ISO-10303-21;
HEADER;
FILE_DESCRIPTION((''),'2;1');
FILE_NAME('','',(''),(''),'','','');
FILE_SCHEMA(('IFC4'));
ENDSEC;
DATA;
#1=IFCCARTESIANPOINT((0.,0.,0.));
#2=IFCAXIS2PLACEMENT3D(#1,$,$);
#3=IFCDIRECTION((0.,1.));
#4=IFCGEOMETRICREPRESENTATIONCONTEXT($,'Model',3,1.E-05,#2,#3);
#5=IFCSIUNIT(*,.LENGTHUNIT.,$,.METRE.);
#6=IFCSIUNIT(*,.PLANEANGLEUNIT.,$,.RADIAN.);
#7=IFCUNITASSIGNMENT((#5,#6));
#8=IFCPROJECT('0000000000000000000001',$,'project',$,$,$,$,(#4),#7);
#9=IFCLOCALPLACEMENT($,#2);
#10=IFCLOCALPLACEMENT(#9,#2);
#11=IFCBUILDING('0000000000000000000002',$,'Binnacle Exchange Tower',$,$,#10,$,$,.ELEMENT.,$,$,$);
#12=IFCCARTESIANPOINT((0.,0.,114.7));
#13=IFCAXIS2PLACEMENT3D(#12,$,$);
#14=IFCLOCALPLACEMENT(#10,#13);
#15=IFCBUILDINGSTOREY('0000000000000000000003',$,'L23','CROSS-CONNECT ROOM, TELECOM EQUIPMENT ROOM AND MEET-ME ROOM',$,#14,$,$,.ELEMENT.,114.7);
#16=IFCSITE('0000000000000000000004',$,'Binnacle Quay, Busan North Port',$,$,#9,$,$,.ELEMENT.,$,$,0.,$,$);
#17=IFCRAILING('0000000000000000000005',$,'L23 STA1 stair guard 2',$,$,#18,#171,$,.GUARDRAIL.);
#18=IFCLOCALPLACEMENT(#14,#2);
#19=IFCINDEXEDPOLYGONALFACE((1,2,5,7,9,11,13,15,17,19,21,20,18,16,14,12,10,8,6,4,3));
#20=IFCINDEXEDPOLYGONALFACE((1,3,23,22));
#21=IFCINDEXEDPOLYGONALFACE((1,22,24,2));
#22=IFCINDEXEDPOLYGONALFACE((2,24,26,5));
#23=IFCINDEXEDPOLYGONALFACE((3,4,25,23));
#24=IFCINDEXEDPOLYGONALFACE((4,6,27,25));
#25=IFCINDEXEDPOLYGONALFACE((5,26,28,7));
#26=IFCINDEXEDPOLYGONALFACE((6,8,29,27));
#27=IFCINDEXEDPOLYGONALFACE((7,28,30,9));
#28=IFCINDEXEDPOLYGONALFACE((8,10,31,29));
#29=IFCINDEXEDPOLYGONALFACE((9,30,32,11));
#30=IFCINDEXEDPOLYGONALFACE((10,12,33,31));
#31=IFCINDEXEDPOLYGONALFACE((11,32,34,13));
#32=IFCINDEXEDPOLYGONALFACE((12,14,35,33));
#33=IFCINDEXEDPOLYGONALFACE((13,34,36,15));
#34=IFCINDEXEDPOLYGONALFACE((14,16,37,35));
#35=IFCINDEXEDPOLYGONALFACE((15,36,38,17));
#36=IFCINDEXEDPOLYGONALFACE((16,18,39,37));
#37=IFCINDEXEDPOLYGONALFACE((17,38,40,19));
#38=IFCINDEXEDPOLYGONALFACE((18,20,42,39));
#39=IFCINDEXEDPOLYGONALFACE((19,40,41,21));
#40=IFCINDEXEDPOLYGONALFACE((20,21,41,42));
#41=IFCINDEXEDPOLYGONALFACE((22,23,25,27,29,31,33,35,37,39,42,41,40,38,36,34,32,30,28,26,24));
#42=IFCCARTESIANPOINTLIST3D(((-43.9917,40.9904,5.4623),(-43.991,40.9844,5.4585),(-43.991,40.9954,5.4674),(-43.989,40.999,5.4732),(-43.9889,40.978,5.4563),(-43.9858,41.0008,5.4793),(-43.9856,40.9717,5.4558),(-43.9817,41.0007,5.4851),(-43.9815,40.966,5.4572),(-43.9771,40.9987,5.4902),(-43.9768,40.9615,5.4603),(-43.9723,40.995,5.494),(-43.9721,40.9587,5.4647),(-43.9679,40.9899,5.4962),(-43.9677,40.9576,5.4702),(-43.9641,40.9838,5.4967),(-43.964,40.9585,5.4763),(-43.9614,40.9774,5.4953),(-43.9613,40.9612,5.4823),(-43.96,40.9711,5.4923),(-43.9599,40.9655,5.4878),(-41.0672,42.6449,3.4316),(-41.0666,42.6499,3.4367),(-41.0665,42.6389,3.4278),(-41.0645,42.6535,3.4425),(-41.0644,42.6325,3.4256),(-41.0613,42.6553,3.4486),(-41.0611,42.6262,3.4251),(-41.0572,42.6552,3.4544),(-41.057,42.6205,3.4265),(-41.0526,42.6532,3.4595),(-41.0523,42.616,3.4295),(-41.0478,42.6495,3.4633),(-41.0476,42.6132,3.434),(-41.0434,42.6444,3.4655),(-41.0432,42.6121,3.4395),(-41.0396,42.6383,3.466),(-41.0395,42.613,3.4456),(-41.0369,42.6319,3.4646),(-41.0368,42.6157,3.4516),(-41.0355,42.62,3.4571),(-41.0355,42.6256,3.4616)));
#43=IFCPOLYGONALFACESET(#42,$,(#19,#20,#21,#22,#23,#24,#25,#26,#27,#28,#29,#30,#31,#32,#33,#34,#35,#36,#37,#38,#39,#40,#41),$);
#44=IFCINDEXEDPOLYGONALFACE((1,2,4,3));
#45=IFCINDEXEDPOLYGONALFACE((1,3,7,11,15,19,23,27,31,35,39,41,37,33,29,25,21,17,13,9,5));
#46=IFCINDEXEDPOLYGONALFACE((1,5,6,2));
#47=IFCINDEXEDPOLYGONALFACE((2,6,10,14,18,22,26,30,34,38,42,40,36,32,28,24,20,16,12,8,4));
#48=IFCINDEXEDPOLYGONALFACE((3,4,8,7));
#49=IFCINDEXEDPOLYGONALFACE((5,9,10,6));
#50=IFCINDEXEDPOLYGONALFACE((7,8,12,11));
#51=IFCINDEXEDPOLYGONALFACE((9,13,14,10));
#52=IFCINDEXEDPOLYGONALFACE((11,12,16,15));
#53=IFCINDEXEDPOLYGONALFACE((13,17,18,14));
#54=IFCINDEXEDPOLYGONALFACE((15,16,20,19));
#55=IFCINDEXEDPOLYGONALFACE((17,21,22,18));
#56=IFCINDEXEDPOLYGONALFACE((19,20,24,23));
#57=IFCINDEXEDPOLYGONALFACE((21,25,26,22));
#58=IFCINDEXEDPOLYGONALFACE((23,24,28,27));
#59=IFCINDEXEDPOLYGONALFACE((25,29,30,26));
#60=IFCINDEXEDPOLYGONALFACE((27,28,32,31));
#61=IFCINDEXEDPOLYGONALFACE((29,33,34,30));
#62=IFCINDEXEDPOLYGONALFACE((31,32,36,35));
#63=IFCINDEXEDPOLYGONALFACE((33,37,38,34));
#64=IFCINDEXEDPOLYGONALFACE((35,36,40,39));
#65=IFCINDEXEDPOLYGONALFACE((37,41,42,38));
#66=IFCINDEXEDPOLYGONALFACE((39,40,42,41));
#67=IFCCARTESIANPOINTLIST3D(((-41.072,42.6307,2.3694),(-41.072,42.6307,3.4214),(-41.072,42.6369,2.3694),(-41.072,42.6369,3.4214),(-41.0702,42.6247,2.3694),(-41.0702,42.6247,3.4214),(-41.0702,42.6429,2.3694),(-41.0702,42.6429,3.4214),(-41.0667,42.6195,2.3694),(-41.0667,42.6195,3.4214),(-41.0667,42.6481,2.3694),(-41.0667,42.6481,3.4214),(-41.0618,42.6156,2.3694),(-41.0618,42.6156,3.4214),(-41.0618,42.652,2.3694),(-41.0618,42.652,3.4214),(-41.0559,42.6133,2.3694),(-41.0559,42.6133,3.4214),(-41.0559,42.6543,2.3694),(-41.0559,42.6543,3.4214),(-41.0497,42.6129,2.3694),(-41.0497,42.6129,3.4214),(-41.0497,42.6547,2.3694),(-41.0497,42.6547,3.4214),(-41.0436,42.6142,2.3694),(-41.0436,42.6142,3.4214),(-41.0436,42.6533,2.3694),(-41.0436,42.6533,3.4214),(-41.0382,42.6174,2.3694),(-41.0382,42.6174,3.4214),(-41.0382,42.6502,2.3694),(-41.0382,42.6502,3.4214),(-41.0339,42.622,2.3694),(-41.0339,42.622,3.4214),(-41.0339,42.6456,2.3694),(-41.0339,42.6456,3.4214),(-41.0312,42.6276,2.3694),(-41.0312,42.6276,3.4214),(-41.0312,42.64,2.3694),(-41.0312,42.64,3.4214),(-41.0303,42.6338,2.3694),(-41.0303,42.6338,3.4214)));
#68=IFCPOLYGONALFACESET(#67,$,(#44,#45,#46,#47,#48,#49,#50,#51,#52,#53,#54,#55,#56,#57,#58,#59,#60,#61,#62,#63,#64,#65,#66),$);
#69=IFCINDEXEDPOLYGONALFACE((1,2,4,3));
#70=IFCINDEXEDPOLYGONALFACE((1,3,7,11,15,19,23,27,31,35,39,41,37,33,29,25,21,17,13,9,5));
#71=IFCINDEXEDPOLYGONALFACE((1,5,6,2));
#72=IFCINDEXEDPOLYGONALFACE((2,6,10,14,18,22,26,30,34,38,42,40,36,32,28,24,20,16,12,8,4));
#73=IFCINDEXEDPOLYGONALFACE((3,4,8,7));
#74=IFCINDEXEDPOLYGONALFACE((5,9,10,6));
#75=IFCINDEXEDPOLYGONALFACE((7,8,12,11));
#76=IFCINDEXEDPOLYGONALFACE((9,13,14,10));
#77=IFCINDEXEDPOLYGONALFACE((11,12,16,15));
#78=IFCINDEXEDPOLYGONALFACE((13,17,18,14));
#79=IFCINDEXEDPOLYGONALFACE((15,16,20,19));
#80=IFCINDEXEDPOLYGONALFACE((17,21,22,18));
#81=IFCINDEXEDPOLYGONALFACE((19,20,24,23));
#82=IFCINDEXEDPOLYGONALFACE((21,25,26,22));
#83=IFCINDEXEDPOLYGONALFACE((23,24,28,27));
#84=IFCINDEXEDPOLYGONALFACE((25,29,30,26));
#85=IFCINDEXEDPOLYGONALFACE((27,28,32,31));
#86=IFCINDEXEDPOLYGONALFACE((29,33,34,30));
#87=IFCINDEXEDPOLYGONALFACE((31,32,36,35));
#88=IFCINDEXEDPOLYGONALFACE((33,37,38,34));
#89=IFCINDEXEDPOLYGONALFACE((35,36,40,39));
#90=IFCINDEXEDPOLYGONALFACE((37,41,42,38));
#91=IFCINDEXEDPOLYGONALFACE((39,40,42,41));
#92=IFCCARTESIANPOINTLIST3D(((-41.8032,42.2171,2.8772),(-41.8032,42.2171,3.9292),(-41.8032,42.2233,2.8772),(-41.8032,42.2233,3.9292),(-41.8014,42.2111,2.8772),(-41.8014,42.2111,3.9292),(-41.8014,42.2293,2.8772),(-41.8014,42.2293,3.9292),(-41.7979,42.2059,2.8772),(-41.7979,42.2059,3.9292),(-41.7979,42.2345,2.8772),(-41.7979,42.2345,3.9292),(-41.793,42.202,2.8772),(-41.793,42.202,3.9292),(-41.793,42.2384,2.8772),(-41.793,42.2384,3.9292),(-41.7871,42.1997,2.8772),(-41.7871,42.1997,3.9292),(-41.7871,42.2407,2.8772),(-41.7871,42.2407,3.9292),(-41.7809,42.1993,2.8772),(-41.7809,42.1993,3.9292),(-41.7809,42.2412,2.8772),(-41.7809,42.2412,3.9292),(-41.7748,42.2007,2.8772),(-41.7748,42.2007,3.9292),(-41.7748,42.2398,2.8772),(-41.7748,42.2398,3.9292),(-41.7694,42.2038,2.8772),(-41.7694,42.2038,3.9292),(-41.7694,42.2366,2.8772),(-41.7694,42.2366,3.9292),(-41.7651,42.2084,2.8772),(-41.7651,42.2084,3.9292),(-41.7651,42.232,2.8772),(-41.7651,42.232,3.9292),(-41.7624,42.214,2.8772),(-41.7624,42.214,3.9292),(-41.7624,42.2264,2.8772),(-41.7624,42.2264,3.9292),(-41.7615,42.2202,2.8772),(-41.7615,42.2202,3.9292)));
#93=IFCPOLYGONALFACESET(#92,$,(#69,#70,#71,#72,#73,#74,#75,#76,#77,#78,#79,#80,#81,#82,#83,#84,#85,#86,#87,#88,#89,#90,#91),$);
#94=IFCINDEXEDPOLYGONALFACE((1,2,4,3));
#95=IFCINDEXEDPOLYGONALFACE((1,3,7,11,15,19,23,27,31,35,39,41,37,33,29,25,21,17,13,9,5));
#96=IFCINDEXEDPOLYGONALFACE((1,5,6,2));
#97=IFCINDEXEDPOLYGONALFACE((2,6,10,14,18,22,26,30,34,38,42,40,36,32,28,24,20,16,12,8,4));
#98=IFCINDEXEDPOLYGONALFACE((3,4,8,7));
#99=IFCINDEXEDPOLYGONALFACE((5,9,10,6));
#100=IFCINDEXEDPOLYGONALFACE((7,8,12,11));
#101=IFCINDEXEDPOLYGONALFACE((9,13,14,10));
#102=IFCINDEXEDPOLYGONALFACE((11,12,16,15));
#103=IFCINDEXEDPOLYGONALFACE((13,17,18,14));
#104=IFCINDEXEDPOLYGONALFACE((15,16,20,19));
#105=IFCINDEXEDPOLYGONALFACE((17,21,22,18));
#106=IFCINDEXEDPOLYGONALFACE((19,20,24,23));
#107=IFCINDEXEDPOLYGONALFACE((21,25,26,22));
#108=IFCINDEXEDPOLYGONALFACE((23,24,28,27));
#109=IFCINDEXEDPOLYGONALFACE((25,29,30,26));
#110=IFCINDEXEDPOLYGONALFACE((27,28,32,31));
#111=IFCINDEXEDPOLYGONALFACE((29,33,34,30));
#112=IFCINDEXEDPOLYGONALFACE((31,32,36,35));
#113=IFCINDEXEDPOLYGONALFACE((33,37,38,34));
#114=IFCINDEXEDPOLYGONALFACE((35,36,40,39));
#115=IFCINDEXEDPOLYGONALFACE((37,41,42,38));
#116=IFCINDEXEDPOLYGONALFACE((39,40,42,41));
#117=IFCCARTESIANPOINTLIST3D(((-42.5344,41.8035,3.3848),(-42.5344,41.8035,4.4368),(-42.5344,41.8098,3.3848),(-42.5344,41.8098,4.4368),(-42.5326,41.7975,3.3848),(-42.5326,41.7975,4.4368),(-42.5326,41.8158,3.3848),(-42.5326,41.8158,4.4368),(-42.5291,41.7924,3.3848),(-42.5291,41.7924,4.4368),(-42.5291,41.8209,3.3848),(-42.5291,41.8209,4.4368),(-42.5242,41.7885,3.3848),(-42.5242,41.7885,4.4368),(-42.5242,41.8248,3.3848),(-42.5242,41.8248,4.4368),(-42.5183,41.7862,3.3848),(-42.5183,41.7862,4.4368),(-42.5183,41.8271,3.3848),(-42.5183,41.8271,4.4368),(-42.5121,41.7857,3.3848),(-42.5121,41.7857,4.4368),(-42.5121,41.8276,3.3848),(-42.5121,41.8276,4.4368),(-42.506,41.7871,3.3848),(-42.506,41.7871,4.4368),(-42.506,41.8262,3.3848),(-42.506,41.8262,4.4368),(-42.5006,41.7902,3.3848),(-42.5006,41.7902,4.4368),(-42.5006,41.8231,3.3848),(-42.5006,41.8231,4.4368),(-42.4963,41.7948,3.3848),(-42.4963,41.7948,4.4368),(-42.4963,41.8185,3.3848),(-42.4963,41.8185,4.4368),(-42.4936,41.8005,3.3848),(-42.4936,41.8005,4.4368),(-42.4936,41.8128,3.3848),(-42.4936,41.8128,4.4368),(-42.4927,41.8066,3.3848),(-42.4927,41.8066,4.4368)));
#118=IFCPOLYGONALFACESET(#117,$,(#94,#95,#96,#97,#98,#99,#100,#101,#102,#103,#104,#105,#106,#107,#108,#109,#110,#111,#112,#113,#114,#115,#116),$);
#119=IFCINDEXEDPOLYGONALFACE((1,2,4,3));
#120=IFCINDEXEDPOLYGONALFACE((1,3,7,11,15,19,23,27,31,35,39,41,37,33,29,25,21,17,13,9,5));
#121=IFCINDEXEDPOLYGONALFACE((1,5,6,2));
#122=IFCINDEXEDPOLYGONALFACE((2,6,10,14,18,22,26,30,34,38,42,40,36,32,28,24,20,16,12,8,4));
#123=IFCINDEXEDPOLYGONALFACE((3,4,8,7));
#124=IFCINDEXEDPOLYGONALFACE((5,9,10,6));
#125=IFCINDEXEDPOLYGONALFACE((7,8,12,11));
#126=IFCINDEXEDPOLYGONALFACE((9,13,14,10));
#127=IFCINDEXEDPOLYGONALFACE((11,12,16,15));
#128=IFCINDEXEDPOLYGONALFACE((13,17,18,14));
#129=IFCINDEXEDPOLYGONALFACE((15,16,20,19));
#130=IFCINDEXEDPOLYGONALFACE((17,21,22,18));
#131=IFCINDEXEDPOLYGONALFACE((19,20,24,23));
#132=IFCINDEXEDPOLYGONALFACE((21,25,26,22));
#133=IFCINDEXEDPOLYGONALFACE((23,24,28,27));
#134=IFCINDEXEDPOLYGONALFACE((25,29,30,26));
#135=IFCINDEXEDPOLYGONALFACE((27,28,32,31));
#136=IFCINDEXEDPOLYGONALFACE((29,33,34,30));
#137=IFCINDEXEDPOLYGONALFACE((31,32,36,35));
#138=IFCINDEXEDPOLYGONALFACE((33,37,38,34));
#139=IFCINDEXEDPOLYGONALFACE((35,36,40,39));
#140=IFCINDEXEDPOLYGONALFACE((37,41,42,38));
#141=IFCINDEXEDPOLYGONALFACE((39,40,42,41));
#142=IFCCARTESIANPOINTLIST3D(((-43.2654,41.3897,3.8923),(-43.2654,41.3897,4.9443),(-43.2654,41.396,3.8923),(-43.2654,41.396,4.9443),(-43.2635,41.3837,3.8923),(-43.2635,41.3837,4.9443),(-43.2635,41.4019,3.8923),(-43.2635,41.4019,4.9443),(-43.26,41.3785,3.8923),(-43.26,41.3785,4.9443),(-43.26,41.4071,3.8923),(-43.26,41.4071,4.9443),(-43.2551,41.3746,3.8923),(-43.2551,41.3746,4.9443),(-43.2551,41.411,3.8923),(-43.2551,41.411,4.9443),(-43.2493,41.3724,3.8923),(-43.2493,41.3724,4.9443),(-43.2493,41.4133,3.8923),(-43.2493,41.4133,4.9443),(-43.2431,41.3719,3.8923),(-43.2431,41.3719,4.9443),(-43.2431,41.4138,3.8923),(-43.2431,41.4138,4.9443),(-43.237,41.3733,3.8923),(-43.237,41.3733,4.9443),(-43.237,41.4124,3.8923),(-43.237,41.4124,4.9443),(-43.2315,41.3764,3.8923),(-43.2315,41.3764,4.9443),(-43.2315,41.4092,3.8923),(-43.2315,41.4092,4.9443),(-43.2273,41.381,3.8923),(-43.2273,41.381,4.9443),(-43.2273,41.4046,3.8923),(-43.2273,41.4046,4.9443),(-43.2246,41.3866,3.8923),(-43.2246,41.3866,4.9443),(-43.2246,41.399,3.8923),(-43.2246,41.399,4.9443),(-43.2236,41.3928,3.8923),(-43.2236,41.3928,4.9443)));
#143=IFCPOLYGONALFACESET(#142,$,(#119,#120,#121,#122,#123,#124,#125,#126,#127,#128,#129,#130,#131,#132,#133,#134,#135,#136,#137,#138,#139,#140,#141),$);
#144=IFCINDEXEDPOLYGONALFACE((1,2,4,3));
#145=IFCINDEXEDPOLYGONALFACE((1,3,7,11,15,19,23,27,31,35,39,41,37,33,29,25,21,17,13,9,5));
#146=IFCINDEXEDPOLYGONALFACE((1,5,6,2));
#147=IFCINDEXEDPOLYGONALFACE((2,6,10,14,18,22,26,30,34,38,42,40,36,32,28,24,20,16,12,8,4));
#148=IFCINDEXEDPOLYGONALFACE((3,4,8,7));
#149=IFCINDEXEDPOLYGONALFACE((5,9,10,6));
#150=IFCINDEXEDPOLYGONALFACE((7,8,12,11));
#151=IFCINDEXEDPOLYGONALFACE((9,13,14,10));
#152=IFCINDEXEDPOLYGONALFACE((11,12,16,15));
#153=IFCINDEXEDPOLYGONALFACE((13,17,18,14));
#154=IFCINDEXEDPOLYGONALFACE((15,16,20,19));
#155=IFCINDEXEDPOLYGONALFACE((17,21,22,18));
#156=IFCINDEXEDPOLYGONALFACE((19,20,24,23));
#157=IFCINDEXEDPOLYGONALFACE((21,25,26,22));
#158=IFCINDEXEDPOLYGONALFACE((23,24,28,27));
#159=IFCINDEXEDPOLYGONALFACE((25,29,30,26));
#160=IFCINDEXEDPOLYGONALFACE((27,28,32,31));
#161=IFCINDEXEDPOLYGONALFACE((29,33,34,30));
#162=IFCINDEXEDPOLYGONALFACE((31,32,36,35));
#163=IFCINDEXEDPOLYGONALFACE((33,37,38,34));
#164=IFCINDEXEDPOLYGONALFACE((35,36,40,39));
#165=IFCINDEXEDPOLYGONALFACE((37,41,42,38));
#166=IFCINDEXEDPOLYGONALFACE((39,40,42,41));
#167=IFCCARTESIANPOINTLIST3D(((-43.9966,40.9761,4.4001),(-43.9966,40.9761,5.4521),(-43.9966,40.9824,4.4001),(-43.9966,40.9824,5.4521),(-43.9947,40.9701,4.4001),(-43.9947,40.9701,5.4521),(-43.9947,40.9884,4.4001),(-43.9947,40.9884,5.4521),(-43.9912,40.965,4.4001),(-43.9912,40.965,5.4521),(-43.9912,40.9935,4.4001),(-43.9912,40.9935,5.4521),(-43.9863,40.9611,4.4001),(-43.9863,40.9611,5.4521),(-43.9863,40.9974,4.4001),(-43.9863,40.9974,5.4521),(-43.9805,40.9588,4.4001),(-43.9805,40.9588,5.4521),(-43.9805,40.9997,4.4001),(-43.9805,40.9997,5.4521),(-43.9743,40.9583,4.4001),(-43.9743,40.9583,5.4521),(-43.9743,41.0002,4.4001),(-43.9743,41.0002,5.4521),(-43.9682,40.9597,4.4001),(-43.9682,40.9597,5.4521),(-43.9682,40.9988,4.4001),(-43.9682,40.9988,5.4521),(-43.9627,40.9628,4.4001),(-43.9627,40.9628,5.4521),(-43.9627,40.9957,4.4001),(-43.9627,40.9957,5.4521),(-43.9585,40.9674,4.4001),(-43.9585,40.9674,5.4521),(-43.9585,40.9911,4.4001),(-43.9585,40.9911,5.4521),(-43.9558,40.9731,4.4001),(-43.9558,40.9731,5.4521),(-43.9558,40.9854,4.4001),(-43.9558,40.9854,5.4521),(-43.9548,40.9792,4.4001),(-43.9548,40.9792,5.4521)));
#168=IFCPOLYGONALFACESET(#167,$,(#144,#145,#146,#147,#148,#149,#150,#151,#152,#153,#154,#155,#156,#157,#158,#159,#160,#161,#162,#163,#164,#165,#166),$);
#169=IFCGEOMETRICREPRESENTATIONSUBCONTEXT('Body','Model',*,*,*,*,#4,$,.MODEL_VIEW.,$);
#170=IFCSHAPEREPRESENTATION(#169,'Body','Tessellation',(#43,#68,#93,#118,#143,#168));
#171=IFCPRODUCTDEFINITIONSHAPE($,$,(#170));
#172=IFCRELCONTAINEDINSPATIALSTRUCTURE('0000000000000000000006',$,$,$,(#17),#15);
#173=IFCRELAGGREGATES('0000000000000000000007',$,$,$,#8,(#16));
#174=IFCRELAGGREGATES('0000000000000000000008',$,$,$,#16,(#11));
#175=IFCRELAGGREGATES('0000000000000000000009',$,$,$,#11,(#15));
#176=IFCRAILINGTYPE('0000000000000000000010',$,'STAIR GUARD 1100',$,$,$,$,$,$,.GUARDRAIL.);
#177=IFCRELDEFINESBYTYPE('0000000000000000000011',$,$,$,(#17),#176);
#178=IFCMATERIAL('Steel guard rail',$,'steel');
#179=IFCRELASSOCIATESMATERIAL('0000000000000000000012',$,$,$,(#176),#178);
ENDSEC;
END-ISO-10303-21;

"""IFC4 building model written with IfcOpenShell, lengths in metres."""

from ifc_helpers import new_model, si_unit, direction, frame, origin, origin_2d, place, context, subcontext, project, spatial, circle, extrude, material, type_object, element, save


model = new_model("IFC4")

# Units and contexts
model_context = context("Model", 3, precision=1e-05, world=origin(), true_north=direction((0.0, 1.0)))
body_context = subcontext(model_context, "Body", "Model", "MODEL_VIEW")
ifc_project = project(units=[si_unit("LENGTHUNIT", "METRE"), si_unit("PLANEANGLEUNIT", "RADIAN")], contexts=[model_context])

# Site, building, storey
site_placement = place(None, origin())
site = spatial("IfcSite", under=ifc_project, at=site_placement, Name="Binnacle Quay, Busan North Port", CompositionType="ELEMENT", RefElevation=0.0)
building_placement = place(site_placement, origin())
building = spatial("IfcBuilding", under=site, at=building_placement, Name="Binnacle Exchange Tower", CompositionType="ELEMENT")
storey_placement = place(building_placement, frame((0.0, 0.0, 114.7)))
storey = spatial("IfcBuildingStorey", under=building, at=storey_placement, Name="L23", Description="CROSS-CONNECT ROOM, TELECOM EQUIPMENT ROOM AND MEET-ME ROOM", CompositionType="ELEMENT", Elevation=114.7)

# Railing
ifc_material_1 = material(Name="Steel guard rail", Category="steel")
railing_type_1 = type_object("IfcRailingType", Name="STAIR GUARD 1100", PredefinedType="GUARDRAIL", material=ifc_material_1)
railing_1_placement = place(storey_placement, frame((-41.0513, 42.6338, 2.3694)))
element("IfcRailing", 1, at=railing_1_placement, inside=storey, type_object=railing_type_1, Name="L23 STA1 stair guard 2", PredefinedType="GUARDRAIL", context=body_context, shape_type="SweptSolid", body=[
    extrude(circle(Radius=0.0239, at=origin_2d()), frame((0.0, 0.0, 1.0762), z_axis=(-0.744895, -0.421417, 0.517242), x_axis=(0.492402, -0.870368, 0.0)), (0.0, 0.0, 1.0), 3.926),
    extrude(circle(Radius=0.021, at=origin_2d()), origin(), (0.0, 0.0, 1.0), 1.052),
    extrude(circle(Radius=0.021, at=origin_2d()), frame((-0.7312, -0.4136, 0.5078)), (0.0, 0.0, 1.0), 1.052),
    extrude(circle(Radius=0.021, at=origin_2d()), frame((-1.4624, -0.8271, 1.0154)), (0.0, 0.0, 1.0), 1.052),
    extrude(circle(Radius=0.021, at=origin_2d()), frame((-2.1934, -1.241, 1.5229)), (0.0, 0.0, 1.0), 1.052),
    extrude(circle(Radius=0.021, at=origin_2d()), frame((-2.9246, -1.6545, 2.0308)), (0.0, 0.0, 1.0), 1.052),
])

save(model, "model.ifc")
